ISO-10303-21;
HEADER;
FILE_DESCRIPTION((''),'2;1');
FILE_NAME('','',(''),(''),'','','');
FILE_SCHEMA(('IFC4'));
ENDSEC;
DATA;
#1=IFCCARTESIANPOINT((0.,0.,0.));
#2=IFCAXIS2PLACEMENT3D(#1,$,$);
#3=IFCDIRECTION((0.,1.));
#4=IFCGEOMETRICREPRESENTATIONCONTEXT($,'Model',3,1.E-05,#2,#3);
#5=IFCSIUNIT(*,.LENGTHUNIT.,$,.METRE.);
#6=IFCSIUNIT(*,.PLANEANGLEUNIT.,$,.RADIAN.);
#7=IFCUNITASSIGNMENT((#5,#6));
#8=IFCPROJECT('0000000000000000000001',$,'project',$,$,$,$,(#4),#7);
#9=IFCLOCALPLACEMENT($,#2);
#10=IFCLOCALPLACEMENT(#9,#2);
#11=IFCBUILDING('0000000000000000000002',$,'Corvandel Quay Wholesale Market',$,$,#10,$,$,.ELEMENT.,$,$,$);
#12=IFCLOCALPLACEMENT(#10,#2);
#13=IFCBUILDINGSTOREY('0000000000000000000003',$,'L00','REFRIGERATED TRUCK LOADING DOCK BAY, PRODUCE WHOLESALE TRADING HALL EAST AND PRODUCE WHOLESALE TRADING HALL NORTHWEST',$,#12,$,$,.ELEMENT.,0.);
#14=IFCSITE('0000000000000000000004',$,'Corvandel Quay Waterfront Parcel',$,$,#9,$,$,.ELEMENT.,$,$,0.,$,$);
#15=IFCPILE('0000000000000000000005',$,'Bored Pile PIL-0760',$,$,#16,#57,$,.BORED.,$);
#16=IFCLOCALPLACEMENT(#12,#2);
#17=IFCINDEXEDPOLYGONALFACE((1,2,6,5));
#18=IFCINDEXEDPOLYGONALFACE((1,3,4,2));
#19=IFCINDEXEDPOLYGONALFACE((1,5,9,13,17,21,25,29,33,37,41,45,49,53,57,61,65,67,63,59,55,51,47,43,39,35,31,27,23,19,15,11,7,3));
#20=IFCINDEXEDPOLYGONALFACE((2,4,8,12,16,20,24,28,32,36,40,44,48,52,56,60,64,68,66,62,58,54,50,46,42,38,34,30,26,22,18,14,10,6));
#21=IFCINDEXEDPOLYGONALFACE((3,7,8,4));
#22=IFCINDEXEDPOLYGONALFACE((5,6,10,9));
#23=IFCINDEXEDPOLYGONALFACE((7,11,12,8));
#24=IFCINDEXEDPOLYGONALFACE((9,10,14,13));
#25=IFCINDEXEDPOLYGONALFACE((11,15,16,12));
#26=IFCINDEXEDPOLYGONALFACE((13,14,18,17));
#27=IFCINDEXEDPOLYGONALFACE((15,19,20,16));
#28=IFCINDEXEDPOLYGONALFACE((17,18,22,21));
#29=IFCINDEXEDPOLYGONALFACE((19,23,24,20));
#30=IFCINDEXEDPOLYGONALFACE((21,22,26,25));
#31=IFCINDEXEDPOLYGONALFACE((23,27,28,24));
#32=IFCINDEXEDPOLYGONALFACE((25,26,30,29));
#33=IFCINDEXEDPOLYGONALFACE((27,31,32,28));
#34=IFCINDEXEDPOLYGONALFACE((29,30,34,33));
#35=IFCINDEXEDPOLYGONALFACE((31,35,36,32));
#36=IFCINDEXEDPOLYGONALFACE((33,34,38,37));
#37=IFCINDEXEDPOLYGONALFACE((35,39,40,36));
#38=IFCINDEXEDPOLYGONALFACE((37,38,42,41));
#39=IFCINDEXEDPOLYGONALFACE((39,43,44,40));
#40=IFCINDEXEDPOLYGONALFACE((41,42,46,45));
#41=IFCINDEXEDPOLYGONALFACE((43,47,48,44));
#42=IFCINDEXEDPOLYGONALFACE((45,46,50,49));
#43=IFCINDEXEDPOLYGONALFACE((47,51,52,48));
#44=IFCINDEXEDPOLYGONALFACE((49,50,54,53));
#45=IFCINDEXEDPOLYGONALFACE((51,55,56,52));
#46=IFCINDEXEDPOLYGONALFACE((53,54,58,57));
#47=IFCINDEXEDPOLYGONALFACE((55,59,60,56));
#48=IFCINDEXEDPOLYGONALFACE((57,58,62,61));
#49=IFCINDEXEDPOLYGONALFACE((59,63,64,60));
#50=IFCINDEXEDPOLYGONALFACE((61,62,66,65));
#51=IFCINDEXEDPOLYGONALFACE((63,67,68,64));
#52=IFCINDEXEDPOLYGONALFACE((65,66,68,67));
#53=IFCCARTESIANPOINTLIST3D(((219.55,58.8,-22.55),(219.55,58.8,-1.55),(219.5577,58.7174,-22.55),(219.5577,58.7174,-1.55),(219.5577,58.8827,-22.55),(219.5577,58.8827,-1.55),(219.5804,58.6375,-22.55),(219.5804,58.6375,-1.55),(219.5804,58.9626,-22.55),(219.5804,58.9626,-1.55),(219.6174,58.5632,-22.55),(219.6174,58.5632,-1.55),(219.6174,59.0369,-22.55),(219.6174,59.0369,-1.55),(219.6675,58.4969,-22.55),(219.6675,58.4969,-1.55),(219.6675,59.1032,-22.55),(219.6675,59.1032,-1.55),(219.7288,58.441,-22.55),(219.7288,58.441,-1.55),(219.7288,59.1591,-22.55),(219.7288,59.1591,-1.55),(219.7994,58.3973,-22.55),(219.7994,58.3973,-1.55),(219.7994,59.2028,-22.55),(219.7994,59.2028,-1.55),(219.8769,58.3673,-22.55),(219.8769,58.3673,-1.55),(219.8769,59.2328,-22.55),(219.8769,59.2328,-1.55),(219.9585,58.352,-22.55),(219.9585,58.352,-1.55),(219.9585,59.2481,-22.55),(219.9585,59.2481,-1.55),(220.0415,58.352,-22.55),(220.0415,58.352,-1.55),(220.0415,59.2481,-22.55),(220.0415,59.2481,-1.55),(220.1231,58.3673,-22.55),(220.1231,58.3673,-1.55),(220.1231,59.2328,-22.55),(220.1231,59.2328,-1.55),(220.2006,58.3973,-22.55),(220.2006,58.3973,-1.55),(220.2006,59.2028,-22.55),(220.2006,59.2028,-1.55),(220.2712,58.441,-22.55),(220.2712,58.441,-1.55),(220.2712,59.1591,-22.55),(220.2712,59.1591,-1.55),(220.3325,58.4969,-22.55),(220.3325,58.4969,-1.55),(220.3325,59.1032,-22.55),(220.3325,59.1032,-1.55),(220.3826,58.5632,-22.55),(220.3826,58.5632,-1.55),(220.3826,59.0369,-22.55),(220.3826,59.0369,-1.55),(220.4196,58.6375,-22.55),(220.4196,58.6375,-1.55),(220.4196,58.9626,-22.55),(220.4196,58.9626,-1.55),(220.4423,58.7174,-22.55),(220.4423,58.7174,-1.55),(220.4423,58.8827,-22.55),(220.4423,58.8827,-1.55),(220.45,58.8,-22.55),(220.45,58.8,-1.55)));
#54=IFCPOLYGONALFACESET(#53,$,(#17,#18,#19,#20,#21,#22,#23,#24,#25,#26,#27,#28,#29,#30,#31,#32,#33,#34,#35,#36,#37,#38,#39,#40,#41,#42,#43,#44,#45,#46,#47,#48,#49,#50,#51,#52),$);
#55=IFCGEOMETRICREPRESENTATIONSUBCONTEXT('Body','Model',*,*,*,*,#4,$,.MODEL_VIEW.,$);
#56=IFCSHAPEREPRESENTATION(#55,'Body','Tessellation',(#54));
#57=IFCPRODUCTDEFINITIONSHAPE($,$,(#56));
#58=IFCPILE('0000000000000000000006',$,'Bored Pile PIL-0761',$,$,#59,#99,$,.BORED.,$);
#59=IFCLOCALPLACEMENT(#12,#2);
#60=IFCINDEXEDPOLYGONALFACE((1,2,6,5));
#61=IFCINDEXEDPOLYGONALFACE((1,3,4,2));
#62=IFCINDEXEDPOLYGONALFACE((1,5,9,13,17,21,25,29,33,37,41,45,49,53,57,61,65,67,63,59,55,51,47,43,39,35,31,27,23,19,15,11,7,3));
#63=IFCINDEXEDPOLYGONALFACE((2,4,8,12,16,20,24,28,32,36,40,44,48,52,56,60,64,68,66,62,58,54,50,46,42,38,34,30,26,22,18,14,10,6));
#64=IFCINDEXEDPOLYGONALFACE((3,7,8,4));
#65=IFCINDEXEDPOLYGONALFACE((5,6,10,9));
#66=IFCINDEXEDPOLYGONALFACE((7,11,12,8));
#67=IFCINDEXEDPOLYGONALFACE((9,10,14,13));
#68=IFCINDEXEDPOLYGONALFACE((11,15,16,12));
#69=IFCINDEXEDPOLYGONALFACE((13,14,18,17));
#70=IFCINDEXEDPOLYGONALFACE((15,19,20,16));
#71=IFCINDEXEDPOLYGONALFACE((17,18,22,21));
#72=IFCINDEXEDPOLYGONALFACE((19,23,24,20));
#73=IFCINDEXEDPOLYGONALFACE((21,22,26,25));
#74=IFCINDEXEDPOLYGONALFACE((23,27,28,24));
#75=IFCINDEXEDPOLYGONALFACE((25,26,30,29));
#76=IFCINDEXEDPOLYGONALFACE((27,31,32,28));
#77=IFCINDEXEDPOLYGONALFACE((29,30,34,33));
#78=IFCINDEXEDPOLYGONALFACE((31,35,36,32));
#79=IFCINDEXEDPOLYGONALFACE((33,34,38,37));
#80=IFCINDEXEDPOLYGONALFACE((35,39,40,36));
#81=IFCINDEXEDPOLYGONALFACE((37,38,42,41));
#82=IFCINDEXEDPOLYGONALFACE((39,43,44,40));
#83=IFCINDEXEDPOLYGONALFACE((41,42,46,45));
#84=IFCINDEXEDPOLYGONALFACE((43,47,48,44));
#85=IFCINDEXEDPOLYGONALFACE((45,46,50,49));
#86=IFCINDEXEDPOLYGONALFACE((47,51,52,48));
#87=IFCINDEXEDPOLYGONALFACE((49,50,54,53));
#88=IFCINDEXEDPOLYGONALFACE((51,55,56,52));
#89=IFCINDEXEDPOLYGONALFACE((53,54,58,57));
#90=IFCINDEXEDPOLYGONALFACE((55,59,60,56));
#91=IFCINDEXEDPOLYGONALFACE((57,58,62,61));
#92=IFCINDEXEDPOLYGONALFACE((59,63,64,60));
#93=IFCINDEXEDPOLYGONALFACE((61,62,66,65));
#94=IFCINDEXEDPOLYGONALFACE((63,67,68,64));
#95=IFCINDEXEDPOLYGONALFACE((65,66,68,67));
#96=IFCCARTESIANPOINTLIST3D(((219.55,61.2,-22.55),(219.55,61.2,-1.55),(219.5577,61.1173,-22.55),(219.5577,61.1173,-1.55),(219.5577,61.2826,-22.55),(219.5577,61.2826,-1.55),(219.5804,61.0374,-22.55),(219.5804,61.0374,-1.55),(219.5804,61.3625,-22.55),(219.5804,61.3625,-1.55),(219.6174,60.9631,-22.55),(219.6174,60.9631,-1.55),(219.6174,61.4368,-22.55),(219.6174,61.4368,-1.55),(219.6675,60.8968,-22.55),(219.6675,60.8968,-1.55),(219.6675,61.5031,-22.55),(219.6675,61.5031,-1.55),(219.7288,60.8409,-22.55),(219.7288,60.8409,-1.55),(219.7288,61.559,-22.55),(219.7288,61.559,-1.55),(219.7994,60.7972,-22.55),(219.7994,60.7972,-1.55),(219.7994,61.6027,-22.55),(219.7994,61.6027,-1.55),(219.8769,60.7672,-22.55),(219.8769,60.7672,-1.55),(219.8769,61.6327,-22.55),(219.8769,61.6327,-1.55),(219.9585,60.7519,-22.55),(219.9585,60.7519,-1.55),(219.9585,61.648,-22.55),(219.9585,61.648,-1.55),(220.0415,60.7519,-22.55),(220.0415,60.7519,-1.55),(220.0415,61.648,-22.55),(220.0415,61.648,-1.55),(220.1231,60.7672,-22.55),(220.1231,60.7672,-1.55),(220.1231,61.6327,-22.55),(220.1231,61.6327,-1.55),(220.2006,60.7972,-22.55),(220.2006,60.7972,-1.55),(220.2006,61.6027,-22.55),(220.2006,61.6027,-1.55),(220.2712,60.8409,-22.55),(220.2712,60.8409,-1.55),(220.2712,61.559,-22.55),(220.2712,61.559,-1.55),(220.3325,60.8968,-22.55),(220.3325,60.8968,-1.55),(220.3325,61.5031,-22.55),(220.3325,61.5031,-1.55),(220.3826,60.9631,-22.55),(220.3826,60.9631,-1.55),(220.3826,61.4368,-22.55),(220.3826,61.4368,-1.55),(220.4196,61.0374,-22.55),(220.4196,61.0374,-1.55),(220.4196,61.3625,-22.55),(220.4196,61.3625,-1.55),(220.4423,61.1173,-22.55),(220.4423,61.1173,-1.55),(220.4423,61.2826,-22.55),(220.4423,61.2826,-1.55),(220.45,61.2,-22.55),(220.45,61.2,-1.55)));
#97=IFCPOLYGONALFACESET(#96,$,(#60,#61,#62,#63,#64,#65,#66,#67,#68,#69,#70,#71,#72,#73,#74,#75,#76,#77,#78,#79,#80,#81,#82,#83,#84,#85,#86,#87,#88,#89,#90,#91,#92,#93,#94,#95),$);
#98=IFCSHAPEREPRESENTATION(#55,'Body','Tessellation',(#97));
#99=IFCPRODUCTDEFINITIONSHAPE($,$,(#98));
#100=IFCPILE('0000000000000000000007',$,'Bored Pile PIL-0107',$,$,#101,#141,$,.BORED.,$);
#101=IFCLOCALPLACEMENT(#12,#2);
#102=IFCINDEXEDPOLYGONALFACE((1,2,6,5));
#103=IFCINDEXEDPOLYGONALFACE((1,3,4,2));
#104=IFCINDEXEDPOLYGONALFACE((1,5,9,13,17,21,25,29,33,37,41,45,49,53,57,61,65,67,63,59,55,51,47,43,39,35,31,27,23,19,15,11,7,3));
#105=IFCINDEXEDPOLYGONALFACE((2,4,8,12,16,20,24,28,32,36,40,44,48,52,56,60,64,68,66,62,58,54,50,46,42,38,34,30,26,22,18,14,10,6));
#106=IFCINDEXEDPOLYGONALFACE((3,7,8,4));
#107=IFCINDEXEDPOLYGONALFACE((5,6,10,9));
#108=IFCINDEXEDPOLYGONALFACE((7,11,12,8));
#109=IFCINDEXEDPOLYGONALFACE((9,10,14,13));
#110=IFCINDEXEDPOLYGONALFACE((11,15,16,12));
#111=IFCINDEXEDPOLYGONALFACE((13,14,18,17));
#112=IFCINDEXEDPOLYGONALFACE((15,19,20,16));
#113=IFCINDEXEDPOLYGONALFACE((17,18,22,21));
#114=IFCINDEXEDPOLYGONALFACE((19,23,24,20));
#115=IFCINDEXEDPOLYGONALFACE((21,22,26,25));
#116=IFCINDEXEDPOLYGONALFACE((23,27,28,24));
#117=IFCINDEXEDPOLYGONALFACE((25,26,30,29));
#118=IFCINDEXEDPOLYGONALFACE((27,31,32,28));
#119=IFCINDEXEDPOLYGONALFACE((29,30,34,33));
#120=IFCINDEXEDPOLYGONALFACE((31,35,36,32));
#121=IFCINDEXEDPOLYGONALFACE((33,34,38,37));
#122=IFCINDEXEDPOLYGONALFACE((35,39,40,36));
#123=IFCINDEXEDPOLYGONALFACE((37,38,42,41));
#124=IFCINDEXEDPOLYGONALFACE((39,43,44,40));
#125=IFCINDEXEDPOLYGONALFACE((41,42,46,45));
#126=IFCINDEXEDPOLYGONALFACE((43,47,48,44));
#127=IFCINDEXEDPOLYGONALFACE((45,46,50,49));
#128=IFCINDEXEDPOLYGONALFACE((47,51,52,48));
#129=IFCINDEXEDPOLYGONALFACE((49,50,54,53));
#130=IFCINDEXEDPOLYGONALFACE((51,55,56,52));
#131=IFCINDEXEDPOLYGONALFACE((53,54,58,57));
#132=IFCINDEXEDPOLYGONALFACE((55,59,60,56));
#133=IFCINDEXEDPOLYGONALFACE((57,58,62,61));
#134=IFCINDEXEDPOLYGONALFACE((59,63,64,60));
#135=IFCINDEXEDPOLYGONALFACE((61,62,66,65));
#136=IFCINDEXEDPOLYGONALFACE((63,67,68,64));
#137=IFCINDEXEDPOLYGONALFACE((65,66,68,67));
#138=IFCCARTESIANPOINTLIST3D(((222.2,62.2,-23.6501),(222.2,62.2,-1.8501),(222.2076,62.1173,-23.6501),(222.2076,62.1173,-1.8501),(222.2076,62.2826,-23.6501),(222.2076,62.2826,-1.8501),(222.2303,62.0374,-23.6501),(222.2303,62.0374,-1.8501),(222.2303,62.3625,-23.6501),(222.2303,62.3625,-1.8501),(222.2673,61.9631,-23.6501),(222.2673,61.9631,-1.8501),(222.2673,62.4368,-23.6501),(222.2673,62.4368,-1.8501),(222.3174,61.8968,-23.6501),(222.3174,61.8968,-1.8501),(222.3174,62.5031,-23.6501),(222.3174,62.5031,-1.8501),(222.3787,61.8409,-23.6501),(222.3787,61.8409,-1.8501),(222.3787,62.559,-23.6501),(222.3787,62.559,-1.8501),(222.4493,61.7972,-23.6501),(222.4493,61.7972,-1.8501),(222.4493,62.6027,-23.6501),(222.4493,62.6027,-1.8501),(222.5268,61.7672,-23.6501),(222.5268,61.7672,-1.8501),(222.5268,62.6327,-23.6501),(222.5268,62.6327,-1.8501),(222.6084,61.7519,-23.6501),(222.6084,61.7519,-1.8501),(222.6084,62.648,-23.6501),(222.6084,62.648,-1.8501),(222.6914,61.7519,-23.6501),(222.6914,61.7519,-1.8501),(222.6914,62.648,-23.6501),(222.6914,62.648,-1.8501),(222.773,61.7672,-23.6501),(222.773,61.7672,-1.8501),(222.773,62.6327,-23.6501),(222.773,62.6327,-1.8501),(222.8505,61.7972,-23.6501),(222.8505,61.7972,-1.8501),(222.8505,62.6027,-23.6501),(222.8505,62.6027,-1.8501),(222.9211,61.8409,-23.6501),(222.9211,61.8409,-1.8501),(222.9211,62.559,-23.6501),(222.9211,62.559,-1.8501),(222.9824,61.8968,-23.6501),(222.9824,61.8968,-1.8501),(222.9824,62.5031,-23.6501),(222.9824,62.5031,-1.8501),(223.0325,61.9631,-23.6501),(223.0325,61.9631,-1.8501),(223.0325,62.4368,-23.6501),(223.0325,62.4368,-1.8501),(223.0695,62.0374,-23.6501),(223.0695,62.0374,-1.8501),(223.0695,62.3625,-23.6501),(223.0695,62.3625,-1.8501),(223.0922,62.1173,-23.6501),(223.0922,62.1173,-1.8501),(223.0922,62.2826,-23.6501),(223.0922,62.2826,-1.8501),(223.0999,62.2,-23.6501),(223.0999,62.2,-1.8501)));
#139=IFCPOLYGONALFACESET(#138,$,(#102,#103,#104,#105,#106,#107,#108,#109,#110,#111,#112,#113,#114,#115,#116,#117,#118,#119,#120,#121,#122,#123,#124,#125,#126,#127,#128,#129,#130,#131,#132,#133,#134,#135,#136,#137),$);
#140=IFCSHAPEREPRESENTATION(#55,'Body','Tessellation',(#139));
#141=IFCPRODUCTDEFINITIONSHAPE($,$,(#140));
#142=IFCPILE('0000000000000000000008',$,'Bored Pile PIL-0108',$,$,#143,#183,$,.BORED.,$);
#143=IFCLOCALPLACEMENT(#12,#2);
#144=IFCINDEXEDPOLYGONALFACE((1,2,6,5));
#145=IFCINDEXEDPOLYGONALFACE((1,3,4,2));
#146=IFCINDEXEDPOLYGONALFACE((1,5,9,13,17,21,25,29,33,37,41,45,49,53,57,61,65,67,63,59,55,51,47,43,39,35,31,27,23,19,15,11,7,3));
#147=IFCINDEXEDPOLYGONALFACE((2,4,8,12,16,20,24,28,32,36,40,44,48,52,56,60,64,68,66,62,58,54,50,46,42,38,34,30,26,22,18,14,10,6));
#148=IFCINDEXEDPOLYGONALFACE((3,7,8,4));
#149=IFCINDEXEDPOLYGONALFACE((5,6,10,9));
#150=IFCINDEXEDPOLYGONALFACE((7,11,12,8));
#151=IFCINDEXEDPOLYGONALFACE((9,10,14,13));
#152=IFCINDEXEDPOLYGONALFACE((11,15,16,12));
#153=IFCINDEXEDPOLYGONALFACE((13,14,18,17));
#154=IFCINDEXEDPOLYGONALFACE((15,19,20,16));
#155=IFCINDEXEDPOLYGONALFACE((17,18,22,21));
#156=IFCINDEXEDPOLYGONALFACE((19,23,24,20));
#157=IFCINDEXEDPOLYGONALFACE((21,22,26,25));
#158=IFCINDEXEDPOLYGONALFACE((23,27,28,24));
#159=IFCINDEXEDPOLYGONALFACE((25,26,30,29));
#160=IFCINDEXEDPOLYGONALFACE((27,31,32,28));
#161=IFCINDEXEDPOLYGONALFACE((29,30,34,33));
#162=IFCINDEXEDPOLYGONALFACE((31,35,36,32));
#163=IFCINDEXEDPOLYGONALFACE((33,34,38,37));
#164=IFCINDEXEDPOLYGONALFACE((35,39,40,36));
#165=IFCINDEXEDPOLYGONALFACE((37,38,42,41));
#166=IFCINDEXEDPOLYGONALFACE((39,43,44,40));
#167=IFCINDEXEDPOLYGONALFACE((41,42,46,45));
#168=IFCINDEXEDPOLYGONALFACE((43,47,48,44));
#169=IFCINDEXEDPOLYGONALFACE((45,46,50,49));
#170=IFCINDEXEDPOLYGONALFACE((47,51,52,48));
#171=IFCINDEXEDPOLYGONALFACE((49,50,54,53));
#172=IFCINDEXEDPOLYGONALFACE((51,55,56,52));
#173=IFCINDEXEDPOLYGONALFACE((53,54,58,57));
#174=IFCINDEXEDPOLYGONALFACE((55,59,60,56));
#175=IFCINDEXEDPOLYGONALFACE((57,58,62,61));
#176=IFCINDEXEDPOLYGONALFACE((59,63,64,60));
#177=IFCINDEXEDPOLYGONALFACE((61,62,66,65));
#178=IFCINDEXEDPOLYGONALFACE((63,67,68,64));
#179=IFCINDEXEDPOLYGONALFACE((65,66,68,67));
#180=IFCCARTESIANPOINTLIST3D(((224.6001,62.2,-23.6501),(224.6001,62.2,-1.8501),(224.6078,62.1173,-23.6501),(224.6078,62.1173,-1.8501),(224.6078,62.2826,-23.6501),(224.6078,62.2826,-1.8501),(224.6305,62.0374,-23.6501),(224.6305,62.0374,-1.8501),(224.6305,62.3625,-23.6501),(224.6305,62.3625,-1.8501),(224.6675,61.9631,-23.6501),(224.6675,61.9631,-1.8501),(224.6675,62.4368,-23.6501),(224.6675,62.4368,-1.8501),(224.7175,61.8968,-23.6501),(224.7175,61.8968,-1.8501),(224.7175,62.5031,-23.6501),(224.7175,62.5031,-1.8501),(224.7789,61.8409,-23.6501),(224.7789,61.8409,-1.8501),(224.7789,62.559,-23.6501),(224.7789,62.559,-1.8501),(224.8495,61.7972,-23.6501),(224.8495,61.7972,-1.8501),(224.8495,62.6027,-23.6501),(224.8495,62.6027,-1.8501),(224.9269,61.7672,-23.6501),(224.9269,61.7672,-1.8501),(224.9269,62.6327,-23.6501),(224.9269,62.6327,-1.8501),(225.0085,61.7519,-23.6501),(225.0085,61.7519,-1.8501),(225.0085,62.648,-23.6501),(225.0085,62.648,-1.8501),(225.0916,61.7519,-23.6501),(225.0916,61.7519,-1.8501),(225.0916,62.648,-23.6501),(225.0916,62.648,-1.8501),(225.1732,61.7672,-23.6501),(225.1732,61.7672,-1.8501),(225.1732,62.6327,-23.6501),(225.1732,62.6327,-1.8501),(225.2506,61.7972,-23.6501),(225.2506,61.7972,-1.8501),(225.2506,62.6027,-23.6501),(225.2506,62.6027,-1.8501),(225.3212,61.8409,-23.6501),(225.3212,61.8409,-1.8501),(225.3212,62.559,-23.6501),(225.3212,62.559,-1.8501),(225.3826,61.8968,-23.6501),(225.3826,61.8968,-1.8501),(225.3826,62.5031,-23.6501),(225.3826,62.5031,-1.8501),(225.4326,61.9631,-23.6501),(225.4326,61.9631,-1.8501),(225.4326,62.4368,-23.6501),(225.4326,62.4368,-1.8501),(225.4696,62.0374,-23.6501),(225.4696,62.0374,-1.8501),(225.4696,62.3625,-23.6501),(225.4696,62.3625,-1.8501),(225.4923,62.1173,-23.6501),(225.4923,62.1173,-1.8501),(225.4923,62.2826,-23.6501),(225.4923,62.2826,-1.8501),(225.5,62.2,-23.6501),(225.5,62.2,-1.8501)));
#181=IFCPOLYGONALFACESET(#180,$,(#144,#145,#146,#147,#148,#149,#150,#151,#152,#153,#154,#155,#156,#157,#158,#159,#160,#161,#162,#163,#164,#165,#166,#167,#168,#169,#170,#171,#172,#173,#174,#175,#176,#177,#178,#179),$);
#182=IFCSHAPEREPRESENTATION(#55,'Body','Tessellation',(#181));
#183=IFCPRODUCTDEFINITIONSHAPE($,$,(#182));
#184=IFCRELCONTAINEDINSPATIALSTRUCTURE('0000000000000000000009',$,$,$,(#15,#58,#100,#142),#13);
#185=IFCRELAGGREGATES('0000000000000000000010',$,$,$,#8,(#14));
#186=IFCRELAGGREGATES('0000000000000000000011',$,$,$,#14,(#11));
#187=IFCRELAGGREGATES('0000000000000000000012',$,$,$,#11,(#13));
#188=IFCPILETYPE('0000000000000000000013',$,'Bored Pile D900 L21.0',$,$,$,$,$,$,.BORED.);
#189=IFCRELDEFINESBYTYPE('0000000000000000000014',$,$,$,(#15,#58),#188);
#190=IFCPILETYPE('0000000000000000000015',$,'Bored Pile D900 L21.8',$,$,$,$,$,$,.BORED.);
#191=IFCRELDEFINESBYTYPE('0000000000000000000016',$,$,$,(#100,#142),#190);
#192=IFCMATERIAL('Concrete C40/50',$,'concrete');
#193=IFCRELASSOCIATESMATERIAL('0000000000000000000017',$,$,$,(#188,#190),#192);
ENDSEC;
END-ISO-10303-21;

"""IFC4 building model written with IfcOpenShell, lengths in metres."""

from ifc_helpers import new_model, si_unit, direction, frame, origin, origin_2d, place, context, subcontext, project, spatial, circle, extrude, material, material_profile, profile_set, type_object, element, save


model = new_model("IFC4")

# Units and contexts
model_context = context("Model", 3, precision=1e-05, world=origin(), true_north=direction((0.0, 1.0)))
body_context = subcontext(model_context, "Body", "Model", "MODEL_VIEW")
ifc_project = project(units=[si_unit("LENGTHUNIT", "METRE"), si_unit("PLANEANGLEUNIT", "RADIAN")], contexts=[model_context])

# Site, building, storey
site_placement = place(None, origin())
site = spatial("IfcSite", under=ifc_project, at=site_placement, Name="Corvandel Quay Waterfront Parcel", CompositionType="ELEMENT", RefElevation=0.0)
building_placement = place(site_placement, origin())
building = spatial("IfcBuilding", under=site, at=building_placement, Name="Corvandel Quay Wholesale Market", CompositionType="ELEMENT")
storey_placement = place(building_placement, origin())
storey = spatial("IfcBuildingStorey", under=building, at=storey_placement, Name="L00", Description="REFRIGERATED TRUCK LOADING DOCK BAY, PRODUCE WHOLESALE TRADING HALL EAST AND PRODUCE WHOLESALE TRADING HALL NORTHWEST", CompositionType="ELEMENT", Elevation=0.0)

# Piles
ifc_material_1 = material(Name="Concrete C40/50", Category="concrete")
ifc_material_profile_1 = material_profile(ifc_material_1, circle(Radius=0.45, at=origin_2d()), Name="RC-PILE-D900")
ifc_profile_set_1 = profile_set([ifc_material_profile_1], Name="Concrete C40/50")
pile_type_1 = type_object("IfcPileType", Name="Bored Pile D900 L21.0", PredefinedType="BORED", material=ifc_profile_set_1)
for number, where, z_axis, x_axis, name in (
    (1, (220.0, 58.8, -1.55), (0.0, 0.0, -1.0), (1.0, 0.0, 0.0), "Bored Pile PIL-0760"),
    (2, (220.0, 61.2, -1.55), (0.0, 0.0, -1.0), (1.0, 0.0, 0.0), "Bored Pile PIL-0761"),
):
    element("IfcPile", number, at=place(storey_placement, frame(where, z_axis=z_axis, x_axis=x_axis)), inside=storey, type_object=pile_type_1, Name=name, PredefinedType="BORED", context=body_context, shape_type="SweptSolid", body=[
        extrude(circle(Radius=0.45, at=origin_2d()), origin(), (0.0, 0.0, 1.0), 21.0),
    ])
ifc_material_profile_2 = material_profile(ifc_material_1, circle(Radius=0.45, at=origin_2d()), Name="RC-PILE-D900")
ifc_profile_set_2 = profile_set([ifc_material_profile_2], Name="Concrete C40/50")
pile_type_2 = type_object("IfcPileType", Name="Bored Pile D900 L21.8", PredefinedType="BORED", material=ifc_profile_set_2)
for number, where, z_axis, x_axis, name in (
    (3, (222.6499, 62.2, -1.8501), (0.0, 0.0, -1.0), (1.0, 0.0, 0.0), "Bored Pile PIL-0107"),
    (4, (225.05, 62.2, -1.8501), (0.0, 0.0, -1.0), (1.0, 0.0, 0.0), "Bored Pile PIL-0108"),
):
    element("IfcPile", number, at=place(storey_placement, frame(where, z_axis=z_axis, x_axis=x_axis)), inside=storey, type_object=pile_type_2, Name=name, PredefinedType="BORED", context=body_context, shape_type="SweptSolid", body=[
        extrude(circle(Radius=0.45, at=origin_2d()), origin(), (0.0, 0.0, 1.0), 21.8),
    ])

save(model, "model.ifc")
